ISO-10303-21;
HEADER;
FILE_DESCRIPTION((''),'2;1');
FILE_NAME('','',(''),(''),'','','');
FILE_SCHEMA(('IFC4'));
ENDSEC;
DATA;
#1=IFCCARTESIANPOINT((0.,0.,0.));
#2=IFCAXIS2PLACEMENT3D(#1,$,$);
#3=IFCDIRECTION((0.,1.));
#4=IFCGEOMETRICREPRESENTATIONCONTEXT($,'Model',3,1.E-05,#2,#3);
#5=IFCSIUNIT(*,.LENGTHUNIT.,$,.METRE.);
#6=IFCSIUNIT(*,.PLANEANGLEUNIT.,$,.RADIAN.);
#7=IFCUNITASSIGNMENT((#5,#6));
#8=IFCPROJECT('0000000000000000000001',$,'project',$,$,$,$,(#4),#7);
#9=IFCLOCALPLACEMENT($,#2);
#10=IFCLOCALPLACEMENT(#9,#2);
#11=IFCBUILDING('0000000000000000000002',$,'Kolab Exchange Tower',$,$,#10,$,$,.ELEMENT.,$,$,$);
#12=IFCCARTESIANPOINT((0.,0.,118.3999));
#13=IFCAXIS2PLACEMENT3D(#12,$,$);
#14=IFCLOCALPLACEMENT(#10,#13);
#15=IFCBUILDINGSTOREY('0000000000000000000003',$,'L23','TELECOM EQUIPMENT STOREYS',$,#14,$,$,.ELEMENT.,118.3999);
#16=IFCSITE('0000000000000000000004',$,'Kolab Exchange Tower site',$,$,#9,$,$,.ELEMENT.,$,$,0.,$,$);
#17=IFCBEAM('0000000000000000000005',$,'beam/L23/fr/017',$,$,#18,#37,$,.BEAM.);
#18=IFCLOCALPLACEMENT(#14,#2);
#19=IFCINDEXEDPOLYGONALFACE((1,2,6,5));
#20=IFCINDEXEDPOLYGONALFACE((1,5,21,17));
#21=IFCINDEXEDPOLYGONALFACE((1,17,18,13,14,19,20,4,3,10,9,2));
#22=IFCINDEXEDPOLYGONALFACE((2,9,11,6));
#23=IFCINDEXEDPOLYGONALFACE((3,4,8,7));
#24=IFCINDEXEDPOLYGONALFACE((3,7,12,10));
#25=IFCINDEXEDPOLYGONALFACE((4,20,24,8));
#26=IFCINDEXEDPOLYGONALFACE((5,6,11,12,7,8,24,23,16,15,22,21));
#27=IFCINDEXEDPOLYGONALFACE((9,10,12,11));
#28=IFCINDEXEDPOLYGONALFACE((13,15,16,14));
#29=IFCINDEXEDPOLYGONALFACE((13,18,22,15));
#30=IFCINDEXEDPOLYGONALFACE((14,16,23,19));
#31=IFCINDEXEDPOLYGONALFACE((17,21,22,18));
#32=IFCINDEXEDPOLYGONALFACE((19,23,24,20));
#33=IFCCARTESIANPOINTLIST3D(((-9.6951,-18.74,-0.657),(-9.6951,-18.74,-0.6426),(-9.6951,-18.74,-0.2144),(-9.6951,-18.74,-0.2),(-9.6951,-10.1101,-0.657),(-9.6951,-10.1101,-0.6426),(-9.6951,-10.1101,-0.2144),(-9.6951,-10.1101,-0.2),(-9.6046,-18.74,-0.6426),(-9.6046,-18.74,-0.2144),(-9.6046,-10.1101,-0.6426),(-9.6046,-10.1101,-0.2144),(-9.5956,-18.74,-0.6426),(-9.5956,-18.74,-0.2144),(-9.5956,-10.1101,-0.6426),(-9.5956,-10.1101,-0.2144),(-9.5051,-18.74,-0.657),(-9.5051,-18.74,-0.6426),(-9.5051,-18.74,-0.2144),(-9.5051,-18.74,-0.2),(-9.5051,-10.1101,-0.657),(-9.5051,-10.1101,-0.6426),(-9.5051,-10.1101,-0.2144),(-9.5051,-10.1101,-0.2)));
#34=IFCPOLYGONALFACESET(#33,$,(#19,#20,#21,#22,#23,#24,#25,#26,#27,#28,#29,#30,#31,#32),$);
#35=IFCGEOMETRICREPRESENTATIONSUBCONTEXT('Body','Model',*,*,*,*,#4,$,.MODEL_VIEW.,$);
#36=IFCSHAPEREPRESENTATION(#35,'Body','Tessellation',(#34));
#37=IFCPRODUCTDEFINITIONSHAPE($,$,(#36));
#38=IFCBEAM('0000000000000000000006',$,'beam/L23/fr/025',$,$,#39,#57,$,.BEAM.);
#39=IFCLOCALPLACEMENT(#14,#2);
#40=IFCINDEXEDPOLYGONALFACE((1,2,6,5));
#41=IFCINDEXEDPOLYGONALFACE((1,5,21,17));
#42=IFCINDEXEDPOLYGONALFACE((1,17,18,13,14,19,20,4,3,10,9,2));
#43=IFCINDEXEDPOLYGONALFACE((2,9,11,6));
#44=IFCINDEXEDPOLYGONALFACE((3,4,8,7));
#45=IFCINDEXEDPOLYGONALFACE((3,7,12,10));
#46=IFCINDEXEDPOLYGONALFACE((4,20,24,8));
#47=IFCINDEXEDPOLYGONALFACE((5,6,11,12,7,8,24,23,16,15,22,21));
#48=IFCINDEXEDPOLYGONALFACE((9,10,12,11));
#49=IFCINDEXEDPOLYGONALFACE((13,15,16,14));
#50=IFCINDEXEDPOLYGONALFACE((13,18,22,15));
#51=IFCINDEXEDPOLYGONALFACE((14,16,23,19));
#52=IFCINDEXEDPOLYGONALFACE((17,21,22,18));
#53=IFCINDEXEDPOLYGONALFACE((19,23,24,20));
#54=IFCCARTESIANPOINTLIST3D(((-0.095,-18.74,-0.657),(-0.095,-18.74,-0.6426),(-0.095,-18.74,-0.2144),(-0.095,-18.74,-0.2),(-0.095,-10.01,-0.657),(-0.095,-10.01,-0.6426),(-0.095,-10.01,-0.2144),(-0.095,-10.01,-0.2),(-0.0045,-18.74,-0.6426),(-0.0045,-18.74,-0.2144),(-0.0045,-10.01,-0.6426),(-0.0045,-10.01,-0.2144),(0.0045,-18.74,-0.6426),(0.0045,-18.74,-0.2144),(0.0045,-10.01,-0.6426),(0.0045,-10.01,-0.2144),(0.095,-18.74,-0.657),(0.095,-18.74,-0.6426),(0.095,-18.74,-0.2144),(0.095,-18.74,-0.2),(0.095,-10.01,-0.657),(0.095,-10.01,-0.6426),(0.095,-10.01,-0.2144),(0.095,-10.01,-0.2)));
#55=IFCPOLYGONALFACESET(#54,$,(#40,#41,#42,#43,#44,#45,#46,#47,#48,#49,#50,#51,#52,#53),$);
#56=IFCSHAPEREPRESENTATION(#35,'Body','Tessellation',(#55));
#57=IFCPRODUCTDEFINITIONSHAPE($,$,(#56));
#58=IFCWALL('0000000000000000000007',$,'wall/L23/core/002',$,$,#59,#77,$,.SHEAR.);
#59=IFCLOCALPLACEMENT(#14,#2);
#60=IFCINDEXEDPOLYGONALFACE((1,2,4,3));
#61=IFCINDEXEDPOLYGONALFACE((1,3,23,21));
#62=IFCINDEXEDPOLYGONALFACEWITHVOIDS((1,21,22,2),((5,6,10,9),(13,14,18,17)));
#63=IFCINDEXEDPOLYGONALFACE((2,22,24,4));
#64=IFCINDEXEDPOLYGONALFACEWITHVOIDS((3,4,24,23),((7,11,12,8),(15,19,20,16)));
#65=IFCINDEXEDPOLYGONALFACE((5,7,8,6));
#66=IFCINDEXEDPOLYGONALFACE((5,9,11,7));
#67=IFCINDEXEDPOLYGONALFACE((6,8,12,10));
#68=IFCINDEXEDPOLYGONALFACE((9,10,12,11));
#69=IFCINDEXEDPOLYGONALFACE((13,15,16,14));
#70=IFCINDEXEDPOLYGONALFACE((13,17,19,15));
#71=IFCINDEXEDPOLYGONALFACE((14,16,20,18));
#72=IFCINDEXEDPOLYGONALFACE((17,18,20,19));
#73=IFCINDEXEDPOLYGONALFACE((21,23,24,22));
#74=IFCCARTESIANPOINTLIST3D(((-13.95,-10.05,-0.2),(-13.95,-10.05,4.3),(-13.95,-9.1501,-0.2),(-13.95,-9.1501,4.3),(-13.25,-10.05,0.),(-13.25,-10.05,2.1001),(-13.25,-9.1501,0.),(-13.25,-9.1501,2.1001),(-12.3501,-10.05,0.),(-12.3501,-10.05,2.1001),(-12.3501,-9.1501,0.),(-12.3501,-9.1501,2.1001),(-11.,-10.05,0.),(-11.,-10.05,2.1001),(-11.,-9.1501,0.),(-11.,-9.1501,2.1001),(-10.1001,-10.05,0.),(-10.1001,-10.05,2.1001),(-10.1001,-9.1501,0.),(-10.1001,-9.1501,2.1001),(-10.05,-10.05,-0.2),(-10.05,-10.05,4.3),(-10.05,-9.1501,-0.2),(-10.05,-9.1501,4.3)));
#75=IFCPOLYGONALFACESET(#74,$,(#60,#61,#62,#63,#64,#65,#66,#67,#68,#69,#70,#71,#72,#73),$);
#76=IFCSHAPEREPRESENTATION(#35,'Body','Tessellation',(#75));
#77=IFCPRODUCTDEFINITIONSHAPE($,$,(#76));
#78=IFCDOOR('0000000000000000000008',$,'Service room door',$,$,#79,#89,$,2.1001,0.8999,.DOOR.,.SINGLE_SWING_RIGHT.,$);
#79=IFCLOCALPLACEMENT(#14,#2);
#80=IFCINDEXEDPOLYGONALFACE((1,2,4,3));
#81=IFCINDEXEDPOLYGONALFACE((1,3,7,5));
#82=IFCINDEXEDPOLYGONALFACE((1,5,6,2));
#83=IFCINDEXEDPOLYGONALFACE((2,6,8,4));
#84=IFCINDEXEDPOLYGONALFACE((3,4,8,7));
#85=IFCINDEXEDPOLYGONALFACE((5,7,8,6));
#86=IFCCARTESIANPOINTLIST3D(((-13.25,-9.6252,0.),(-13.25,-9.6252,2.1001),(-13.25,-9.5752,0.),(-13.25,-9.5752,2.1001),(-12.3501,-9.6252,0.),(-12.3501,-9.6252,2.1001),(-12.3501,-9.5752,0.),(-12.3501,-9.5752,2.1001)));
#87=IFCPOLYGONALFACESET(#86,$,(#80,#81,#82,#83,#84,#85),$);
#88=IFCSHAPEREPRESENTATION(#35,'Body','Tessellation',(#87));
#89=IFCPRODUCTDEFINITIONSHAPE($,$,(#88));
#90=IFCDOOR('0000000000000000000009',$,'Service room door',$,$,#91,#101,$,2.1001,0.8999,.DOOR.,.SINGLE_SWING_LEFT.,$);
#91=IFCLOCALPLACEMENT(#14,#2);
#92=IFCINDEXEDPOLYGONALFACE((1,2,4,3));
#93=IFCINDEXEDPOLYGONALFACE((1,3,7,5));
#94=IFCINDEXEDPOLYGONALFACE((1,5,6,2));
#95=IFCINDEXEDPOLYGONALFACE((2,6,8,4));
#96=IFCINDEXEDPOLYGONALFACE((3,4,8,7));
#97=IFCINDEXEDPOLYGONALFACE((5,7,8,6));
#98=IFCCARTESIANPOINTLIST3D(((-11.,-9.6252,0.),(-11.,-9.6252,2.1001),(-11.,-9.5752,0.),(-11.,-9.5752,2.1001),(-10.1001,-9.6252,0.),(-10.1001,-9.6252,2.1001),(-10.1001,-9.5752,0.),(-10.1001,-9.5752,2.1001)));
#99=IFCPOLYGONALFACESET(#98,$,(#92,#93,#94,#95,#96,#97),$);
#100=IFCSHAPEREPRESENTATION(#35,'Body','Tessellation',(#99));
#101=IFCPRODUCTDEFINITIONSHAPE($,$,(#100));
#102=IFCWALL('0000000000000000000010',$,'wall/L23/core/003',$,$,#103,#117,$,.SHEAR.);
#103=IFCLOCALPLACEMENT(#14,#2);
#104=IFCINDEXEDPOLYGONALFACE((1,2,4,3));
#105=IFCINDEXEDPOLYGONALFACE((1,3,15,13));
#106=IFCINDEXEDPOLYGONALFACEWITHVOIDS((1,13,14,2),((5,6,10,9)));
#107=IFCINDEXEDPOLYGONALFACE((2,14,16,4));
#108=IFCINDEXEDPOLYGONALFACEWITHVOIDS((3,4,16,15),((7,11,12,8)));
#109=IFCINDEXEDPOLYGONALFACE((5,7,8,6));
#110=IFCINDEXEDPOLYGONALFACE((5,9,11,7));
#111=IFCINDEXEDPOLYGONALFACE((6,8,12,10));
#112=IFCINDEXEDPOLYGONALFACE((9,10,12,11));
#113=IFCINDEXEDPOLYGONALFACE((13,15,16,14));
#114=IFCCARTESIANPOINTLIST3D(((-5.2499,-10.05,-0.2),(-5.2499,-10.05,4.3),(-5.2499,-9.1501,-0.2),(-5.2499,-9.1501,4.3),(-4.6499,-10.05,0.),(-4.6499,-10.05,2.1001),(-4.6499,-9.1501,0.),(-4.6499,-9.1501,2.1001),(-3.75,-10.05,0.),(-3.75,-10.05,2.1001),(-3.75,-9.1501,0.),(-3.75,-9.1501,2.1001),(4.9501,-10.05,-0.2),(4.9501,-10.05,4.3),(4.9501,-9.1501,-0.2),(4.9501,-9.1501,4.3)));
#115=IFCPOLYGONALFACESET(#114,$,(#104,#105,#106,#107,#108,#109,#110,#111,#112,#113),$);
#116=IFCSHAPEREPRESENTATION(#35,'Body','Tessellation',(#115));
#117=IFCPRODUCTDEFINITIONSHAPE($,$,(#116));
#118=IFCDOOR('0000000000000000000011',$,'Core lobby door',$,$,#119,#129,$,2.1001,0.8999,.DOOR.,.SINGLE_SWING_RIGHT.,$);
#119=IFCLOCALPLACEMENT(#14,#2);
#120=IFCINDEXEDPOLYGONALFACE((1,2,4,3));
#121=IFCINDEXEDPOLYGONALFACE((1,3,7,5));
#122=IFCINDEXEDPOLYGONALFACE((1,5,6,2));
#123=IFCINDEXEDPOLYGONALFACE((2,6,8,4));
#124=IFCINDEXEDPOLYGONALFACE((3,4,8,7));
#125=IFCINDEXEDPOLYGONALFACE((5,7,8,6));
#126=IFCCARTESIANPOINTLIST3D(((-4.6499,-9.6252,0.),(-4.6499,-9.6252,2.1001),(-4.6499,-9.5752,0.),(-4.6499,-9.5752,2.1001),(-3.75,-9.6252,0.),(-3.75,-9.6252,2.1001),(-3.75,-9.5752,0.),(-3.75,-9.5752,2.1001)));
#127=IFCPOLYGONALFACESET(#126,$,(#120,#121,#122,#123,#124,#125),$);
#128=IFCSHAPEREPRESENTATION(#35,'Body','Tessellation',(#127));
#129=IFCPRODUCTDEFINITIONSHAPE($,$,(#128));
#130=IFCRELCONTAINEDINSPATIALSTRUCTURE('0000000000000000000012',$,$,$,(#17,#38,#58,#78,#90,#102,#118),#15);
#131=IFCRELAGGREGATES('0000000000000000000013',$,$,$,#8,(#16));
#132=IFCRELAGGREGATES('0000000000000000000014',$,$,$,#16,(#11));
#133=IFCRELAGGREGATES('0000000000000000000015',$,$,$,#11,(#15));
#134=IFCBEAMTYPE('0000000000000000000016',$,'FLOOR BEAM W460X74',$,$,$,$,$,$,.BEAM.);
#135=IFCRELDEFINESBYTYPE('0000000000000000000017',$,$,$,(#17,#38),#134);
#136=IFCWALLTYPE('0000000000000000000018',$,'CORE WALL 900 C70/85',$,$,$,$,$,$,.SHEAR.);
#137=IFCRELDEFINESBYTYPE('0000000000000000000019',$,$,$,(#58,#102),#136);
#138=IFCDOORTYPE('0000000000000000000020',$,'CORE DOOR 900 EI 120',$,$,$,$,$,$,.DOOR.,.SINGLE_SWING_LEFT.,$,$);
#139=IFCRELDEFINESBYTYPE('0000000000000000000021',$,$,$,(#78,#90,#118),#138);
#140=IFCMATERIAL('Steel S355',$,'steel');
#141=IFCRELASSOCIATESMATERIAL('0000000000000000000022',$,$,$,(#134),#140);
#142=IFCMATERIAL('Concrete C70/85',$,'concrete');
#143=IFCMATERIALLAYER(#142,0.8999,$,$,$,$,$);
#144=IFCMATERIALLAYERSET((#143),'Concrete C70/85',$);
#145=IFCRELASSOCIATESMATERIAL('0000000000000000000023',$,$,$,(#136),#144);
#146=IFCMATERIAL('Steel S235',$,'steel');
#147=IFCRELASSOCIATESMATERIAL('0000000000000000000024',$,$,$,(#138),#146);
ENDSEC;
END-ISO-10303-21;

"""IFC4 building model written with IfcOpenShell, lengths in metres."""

from ifc_helpers import new_model, si_unit, direction, frame, frame_2d, origin, origin_2d, place, context, subcontext, project, spatial, rectangle, i_section, extrude, material, layer, layer_set, material_profile, profile_set, type_object, element, fill, save


model = new_model("IFC4")

# Units and contexts
model_context = context("Model", 3, precision=1e-05, world=origin(), true_north=direction((0.0, 1.0)))
body_context = subcontext(model_context, "Body", "Model", "MODEL_VIEW")
ifc_project = project(units=[si_unit("LENGTHUNIT", "METRE"), si_unit("PLANEANGLEUNIT", "RADIAN")], contexts=[model_context])

# Site, building, storey
site_placement = place(None, origin())
site = spatial("IfcSite", under=ifc_project, at=site_placement, Name="Kolab Exchange Tower site", CompositionType="ELEMENT", RefElevation=0.0)
building_placement = place(site_placement, origin())
building = spatial("IfcBuilding", under=site, at=building_placement, Name="Kolab Exchange Tower", CompositionType="ELEMENT")
storey_placement = place(building_placement, frame((0.0, 0.0, 118.3999)))
storey = spatial("IfcBuildingStorey", under=building, at=storey_placement, Name="L23", Description="TELECOM EQUIPMENT STOREYS", CompositionType="ELEMENT", Elevation=118.3999)

# Beams
ifc_material_1 = material(Name="Steel S355", Category="steel")
ifc_material_profile = material_profile(ifc_material_1, i_section(OverallWidth=0.1899, OverallDepth=0.457, WebThickness=0.009, FlangeThickness=0.0144, at=origin_2d()), Name="W460X74")
ifc_profile_set = profile_set([ifc_material_profile], Name="Steel S355")
beam_type = type_object("IfcBeamType", Name="FLOOR BEAM W460X74", PredefinedType="BEAM", material=ifc_profile_set)
beam_1_placement = place(storey_placement, frame((-9.6001, -18.74, -0.4285), z_axis=(0.0, 1.0, 0.0), x_axis=(-1.0, 0.0, 0.0)))
element("IfcBeam", 1, at=beam_1_placement, inside=storey, type_object=beam_type, Name="beam/L23/fr/017", PredefinedType="BEAM", context=body_context, shape_type="SweptSolid", body=[
    extrude(i_section(OverallWidth=0.1899, OverallDepth=0.457, WebThickness=0.009, FlangeThickness=0.0144, at=origin_2d()), origin(), (0.0, 0.0, 1.0), 8.6299),
])
beam_2_placement = place(storey_placement, frame((0.0, -18.74, -0.4285), z_axis=(0.0, 1.0, 0.0), x_axis=(-1.0, 0.0, 0.0)))
element("IfcBeam", 2, at=beam_2_placement, inside=storey, type_object=beam_type, Name="beam/L23/fr/025", PredefinedType="BEAM", context=body_context, shape_type="SweptSolid", body=[
    extrude(i_section(OverallWidth=0.1899, OverallDepth=0.457, WebThickness=0.009, FlangeThickness=0.0144, at=origin_2d()), origin(), (0.0, 0.0, 1.0), 8.73),
])

# Wall, openings, doors
ifc_material_2 = material(Name="Concrete C70/85", Category="concrete")
ifc_layer_1 = layer(ifc_material_2, 0.8999)
ifc_layer_set_1 = layer_set([ifc_layer_1], Name="Concrete C70/85")
wall_type_1 = type_object("IfcWallType", Name="CORE WALL 900 C70/85", PredefinedType="SHEAR", material=ifc_layer_set_1)
wall_1_placement = place(storey_placement, frame((-13.95, -9.6001, -0.2), z_axis=(0.0, 0.0, 1.0), x_axis=(1.0, 0.0, 0.0)))
wall_1 = element("IfcWall", 3, at=wall_1_placement, inside=storey, type_object=wall_type_1, Name="wall/L23/core/002", PredefinedType="SHEAR", context=body_context, shape_type="SweptSolid", body=[
    extrude(rectangle(XDim=3.8999, YDim=0.8999, at=frame_2d((1.95, 0.0))), origin(), (0.0, 0.0, 1.0), 4.5),
])
opening_1_placement = place(wall_1_placement, frame((0.7, 0.0, 0.2)))
opening_1 = element("IfcOpeningElement", 4, at=opening_1_placement, cuts=wall_1, PredefinedType="OPENING", context=body_context, shape_type="SweptSolid", body=[
    extrude(rectangle(XDim=0.8999, YDim=2.1001, at=frame_2d((0.45, 1.05))), frame((0.0, 0.46, 0.0), z_axis=(0.0, -1.0, 0.0), x_axis=(1.0, 0.0, 0.0)), (0.0, 0.0, 1.0), 0.9199),
])
opening_2_placement = place(wall_1_placement, frame((2.95, 0.0, 0.2)))
opening_2 = element("IfcOpeningElement", 5, at=opening_2_placement, cuts=wall_1, PredefinedType="OPENING", context=body_context, shape_type="SweptSolid", body=[
    extrude(rectangle(XDim=0.8999, YDim=2.1001, at=frame_2d((0.45, 1.05))), frame((0.0, 0.46, 0.0), z_axis=(0.0, -1.0, 0.0), x_axis=(1.0, 0.0, 0.0)), (0.0, 0.0, 1.0), 0.9199),
])
ifc_material_3 = material(Name="Steel S235", Category="steel")
door_type_1 = type_object("IfcDoorType", Name="CORE DOOR 900 EI 120", OperationType="SINGLE_SWING_LEFT", PredefinedType="DOOR", material=ifc_material_3)
door_1_placement = place(opening_1_placement, origin())
door_1 = element("IfcDoor", 6, at=door_1_placement, inside=storey, type_object=door_type_1, Name="Service room door", OperationType="SINGLE_SWING_RIGHT", OverallHeight=2.1001, OverallWidth=0.8999, PredefinedType="DOOR", context=body_context, shape_type="SweptSolid", body=[
    extrude(rectangle(XDim=0.8999, YDim=2.1001, at=frame_2d((0.45, 1.05))), frame((0.0, 0.0249, 0.0), z_axis=(0.0, -1.0, 0.0), x_axis=(1.0, 0.0, 0.0)), (0.0, 0.0, 1.0), 0.05),
])
fill(opening_1, door_1)
door_2_placement = place(opening_2_placement, origin())
door_2 = element("IfcDoor", 7, at=door_2_placement, inside=storey, type_object=door_type_1, Name="Service room door", OperationType="SINGLE_SWING_LEFT", OverallHeight=2.1001, OverallWidth=0.8999, PredefinedType="DOOR", context=body_context, shape_type="SweptSolid", body=[
    extrude(rectangle(XDim=0.8999, YDim=2.1001, at=frame_2d((0.45, 1.05))), frame((0.0, 0.0249, 0.0), z_axis=(0.0, -1.0, 0.0), x_axis=(1.0, 0.0, 0.0)), (0.0, 0.0, 1.0), 0.05),
])
fill(opening_2, door_2)

# Wall, opening, door
wall_2_placement = place(storey_placement, frame((-5.25, -9.6001, -0.2), z_axis=(0.0, 0.0, 1.0), x_axis=(1.0, 0.0, 0.0)))
wall_2 = element("IfcWall", 8, at=wall_2_placement, inside=storey, type_object=wall_type_1, Name="wall/L23/core/003", PredefinedType="SHEAR", context=body_context, shape_type="SweptSolid", body=[
    extrude(rectangle(XDim=10.2, YDim=0.8999, at=frame_2d((5.1001, 0.0))), origin(), (0.0, 0.0, 1.0), 4.5),
])
opening_3_placement = place(wall_2_placement, frame((0.6001, 0.0, 0.2)))
opening_3 = element("IfcOpeningElement", 9, at=opening_3_placement, cuts=wall_2, PredefinedType="OPENING", context=body_context, shape_type="SweptSolid", body=[
    extrude(rectangle(XDim=0.8999, YDim=2.1001, at=frame_2d((0.45, 1.05))), frame((0.0, 0.46, 0.0), z_axis=(0.0, -1.0, 0.0), x_axis=(1.0, 0.0, 0.0)), (0.0, 0.0, 1.0), 0.9199),
])
door_3_placement = place(opening_3_placement, origin())
door_3 = element("IfcDoor", 10, at=door_3_placement, inside=storey, type_object=door_type_1, Name="Core lobby door", OperationType="SINGLE_SWING_RIGHT", OverallHeight=2.1001, OverallWidth=0.8999, PredefinedType="DOOR", context=body_context, shape_type="SweptSolid", body=[
    extrude(rectangle(XDim=0.8999, YDim=2.1001, at=frame_2d((0.45, 1.05))), frame((0.0, 0.0249, 0.0), z_axis=(0.0, -1.0, 0.0), x_axis=(1.0, 0.0, 0.0)), (0.0, 0.0, 1.0), 0.05),
])
fill(opening_3, door_3)

save(model, "model.ifc")
